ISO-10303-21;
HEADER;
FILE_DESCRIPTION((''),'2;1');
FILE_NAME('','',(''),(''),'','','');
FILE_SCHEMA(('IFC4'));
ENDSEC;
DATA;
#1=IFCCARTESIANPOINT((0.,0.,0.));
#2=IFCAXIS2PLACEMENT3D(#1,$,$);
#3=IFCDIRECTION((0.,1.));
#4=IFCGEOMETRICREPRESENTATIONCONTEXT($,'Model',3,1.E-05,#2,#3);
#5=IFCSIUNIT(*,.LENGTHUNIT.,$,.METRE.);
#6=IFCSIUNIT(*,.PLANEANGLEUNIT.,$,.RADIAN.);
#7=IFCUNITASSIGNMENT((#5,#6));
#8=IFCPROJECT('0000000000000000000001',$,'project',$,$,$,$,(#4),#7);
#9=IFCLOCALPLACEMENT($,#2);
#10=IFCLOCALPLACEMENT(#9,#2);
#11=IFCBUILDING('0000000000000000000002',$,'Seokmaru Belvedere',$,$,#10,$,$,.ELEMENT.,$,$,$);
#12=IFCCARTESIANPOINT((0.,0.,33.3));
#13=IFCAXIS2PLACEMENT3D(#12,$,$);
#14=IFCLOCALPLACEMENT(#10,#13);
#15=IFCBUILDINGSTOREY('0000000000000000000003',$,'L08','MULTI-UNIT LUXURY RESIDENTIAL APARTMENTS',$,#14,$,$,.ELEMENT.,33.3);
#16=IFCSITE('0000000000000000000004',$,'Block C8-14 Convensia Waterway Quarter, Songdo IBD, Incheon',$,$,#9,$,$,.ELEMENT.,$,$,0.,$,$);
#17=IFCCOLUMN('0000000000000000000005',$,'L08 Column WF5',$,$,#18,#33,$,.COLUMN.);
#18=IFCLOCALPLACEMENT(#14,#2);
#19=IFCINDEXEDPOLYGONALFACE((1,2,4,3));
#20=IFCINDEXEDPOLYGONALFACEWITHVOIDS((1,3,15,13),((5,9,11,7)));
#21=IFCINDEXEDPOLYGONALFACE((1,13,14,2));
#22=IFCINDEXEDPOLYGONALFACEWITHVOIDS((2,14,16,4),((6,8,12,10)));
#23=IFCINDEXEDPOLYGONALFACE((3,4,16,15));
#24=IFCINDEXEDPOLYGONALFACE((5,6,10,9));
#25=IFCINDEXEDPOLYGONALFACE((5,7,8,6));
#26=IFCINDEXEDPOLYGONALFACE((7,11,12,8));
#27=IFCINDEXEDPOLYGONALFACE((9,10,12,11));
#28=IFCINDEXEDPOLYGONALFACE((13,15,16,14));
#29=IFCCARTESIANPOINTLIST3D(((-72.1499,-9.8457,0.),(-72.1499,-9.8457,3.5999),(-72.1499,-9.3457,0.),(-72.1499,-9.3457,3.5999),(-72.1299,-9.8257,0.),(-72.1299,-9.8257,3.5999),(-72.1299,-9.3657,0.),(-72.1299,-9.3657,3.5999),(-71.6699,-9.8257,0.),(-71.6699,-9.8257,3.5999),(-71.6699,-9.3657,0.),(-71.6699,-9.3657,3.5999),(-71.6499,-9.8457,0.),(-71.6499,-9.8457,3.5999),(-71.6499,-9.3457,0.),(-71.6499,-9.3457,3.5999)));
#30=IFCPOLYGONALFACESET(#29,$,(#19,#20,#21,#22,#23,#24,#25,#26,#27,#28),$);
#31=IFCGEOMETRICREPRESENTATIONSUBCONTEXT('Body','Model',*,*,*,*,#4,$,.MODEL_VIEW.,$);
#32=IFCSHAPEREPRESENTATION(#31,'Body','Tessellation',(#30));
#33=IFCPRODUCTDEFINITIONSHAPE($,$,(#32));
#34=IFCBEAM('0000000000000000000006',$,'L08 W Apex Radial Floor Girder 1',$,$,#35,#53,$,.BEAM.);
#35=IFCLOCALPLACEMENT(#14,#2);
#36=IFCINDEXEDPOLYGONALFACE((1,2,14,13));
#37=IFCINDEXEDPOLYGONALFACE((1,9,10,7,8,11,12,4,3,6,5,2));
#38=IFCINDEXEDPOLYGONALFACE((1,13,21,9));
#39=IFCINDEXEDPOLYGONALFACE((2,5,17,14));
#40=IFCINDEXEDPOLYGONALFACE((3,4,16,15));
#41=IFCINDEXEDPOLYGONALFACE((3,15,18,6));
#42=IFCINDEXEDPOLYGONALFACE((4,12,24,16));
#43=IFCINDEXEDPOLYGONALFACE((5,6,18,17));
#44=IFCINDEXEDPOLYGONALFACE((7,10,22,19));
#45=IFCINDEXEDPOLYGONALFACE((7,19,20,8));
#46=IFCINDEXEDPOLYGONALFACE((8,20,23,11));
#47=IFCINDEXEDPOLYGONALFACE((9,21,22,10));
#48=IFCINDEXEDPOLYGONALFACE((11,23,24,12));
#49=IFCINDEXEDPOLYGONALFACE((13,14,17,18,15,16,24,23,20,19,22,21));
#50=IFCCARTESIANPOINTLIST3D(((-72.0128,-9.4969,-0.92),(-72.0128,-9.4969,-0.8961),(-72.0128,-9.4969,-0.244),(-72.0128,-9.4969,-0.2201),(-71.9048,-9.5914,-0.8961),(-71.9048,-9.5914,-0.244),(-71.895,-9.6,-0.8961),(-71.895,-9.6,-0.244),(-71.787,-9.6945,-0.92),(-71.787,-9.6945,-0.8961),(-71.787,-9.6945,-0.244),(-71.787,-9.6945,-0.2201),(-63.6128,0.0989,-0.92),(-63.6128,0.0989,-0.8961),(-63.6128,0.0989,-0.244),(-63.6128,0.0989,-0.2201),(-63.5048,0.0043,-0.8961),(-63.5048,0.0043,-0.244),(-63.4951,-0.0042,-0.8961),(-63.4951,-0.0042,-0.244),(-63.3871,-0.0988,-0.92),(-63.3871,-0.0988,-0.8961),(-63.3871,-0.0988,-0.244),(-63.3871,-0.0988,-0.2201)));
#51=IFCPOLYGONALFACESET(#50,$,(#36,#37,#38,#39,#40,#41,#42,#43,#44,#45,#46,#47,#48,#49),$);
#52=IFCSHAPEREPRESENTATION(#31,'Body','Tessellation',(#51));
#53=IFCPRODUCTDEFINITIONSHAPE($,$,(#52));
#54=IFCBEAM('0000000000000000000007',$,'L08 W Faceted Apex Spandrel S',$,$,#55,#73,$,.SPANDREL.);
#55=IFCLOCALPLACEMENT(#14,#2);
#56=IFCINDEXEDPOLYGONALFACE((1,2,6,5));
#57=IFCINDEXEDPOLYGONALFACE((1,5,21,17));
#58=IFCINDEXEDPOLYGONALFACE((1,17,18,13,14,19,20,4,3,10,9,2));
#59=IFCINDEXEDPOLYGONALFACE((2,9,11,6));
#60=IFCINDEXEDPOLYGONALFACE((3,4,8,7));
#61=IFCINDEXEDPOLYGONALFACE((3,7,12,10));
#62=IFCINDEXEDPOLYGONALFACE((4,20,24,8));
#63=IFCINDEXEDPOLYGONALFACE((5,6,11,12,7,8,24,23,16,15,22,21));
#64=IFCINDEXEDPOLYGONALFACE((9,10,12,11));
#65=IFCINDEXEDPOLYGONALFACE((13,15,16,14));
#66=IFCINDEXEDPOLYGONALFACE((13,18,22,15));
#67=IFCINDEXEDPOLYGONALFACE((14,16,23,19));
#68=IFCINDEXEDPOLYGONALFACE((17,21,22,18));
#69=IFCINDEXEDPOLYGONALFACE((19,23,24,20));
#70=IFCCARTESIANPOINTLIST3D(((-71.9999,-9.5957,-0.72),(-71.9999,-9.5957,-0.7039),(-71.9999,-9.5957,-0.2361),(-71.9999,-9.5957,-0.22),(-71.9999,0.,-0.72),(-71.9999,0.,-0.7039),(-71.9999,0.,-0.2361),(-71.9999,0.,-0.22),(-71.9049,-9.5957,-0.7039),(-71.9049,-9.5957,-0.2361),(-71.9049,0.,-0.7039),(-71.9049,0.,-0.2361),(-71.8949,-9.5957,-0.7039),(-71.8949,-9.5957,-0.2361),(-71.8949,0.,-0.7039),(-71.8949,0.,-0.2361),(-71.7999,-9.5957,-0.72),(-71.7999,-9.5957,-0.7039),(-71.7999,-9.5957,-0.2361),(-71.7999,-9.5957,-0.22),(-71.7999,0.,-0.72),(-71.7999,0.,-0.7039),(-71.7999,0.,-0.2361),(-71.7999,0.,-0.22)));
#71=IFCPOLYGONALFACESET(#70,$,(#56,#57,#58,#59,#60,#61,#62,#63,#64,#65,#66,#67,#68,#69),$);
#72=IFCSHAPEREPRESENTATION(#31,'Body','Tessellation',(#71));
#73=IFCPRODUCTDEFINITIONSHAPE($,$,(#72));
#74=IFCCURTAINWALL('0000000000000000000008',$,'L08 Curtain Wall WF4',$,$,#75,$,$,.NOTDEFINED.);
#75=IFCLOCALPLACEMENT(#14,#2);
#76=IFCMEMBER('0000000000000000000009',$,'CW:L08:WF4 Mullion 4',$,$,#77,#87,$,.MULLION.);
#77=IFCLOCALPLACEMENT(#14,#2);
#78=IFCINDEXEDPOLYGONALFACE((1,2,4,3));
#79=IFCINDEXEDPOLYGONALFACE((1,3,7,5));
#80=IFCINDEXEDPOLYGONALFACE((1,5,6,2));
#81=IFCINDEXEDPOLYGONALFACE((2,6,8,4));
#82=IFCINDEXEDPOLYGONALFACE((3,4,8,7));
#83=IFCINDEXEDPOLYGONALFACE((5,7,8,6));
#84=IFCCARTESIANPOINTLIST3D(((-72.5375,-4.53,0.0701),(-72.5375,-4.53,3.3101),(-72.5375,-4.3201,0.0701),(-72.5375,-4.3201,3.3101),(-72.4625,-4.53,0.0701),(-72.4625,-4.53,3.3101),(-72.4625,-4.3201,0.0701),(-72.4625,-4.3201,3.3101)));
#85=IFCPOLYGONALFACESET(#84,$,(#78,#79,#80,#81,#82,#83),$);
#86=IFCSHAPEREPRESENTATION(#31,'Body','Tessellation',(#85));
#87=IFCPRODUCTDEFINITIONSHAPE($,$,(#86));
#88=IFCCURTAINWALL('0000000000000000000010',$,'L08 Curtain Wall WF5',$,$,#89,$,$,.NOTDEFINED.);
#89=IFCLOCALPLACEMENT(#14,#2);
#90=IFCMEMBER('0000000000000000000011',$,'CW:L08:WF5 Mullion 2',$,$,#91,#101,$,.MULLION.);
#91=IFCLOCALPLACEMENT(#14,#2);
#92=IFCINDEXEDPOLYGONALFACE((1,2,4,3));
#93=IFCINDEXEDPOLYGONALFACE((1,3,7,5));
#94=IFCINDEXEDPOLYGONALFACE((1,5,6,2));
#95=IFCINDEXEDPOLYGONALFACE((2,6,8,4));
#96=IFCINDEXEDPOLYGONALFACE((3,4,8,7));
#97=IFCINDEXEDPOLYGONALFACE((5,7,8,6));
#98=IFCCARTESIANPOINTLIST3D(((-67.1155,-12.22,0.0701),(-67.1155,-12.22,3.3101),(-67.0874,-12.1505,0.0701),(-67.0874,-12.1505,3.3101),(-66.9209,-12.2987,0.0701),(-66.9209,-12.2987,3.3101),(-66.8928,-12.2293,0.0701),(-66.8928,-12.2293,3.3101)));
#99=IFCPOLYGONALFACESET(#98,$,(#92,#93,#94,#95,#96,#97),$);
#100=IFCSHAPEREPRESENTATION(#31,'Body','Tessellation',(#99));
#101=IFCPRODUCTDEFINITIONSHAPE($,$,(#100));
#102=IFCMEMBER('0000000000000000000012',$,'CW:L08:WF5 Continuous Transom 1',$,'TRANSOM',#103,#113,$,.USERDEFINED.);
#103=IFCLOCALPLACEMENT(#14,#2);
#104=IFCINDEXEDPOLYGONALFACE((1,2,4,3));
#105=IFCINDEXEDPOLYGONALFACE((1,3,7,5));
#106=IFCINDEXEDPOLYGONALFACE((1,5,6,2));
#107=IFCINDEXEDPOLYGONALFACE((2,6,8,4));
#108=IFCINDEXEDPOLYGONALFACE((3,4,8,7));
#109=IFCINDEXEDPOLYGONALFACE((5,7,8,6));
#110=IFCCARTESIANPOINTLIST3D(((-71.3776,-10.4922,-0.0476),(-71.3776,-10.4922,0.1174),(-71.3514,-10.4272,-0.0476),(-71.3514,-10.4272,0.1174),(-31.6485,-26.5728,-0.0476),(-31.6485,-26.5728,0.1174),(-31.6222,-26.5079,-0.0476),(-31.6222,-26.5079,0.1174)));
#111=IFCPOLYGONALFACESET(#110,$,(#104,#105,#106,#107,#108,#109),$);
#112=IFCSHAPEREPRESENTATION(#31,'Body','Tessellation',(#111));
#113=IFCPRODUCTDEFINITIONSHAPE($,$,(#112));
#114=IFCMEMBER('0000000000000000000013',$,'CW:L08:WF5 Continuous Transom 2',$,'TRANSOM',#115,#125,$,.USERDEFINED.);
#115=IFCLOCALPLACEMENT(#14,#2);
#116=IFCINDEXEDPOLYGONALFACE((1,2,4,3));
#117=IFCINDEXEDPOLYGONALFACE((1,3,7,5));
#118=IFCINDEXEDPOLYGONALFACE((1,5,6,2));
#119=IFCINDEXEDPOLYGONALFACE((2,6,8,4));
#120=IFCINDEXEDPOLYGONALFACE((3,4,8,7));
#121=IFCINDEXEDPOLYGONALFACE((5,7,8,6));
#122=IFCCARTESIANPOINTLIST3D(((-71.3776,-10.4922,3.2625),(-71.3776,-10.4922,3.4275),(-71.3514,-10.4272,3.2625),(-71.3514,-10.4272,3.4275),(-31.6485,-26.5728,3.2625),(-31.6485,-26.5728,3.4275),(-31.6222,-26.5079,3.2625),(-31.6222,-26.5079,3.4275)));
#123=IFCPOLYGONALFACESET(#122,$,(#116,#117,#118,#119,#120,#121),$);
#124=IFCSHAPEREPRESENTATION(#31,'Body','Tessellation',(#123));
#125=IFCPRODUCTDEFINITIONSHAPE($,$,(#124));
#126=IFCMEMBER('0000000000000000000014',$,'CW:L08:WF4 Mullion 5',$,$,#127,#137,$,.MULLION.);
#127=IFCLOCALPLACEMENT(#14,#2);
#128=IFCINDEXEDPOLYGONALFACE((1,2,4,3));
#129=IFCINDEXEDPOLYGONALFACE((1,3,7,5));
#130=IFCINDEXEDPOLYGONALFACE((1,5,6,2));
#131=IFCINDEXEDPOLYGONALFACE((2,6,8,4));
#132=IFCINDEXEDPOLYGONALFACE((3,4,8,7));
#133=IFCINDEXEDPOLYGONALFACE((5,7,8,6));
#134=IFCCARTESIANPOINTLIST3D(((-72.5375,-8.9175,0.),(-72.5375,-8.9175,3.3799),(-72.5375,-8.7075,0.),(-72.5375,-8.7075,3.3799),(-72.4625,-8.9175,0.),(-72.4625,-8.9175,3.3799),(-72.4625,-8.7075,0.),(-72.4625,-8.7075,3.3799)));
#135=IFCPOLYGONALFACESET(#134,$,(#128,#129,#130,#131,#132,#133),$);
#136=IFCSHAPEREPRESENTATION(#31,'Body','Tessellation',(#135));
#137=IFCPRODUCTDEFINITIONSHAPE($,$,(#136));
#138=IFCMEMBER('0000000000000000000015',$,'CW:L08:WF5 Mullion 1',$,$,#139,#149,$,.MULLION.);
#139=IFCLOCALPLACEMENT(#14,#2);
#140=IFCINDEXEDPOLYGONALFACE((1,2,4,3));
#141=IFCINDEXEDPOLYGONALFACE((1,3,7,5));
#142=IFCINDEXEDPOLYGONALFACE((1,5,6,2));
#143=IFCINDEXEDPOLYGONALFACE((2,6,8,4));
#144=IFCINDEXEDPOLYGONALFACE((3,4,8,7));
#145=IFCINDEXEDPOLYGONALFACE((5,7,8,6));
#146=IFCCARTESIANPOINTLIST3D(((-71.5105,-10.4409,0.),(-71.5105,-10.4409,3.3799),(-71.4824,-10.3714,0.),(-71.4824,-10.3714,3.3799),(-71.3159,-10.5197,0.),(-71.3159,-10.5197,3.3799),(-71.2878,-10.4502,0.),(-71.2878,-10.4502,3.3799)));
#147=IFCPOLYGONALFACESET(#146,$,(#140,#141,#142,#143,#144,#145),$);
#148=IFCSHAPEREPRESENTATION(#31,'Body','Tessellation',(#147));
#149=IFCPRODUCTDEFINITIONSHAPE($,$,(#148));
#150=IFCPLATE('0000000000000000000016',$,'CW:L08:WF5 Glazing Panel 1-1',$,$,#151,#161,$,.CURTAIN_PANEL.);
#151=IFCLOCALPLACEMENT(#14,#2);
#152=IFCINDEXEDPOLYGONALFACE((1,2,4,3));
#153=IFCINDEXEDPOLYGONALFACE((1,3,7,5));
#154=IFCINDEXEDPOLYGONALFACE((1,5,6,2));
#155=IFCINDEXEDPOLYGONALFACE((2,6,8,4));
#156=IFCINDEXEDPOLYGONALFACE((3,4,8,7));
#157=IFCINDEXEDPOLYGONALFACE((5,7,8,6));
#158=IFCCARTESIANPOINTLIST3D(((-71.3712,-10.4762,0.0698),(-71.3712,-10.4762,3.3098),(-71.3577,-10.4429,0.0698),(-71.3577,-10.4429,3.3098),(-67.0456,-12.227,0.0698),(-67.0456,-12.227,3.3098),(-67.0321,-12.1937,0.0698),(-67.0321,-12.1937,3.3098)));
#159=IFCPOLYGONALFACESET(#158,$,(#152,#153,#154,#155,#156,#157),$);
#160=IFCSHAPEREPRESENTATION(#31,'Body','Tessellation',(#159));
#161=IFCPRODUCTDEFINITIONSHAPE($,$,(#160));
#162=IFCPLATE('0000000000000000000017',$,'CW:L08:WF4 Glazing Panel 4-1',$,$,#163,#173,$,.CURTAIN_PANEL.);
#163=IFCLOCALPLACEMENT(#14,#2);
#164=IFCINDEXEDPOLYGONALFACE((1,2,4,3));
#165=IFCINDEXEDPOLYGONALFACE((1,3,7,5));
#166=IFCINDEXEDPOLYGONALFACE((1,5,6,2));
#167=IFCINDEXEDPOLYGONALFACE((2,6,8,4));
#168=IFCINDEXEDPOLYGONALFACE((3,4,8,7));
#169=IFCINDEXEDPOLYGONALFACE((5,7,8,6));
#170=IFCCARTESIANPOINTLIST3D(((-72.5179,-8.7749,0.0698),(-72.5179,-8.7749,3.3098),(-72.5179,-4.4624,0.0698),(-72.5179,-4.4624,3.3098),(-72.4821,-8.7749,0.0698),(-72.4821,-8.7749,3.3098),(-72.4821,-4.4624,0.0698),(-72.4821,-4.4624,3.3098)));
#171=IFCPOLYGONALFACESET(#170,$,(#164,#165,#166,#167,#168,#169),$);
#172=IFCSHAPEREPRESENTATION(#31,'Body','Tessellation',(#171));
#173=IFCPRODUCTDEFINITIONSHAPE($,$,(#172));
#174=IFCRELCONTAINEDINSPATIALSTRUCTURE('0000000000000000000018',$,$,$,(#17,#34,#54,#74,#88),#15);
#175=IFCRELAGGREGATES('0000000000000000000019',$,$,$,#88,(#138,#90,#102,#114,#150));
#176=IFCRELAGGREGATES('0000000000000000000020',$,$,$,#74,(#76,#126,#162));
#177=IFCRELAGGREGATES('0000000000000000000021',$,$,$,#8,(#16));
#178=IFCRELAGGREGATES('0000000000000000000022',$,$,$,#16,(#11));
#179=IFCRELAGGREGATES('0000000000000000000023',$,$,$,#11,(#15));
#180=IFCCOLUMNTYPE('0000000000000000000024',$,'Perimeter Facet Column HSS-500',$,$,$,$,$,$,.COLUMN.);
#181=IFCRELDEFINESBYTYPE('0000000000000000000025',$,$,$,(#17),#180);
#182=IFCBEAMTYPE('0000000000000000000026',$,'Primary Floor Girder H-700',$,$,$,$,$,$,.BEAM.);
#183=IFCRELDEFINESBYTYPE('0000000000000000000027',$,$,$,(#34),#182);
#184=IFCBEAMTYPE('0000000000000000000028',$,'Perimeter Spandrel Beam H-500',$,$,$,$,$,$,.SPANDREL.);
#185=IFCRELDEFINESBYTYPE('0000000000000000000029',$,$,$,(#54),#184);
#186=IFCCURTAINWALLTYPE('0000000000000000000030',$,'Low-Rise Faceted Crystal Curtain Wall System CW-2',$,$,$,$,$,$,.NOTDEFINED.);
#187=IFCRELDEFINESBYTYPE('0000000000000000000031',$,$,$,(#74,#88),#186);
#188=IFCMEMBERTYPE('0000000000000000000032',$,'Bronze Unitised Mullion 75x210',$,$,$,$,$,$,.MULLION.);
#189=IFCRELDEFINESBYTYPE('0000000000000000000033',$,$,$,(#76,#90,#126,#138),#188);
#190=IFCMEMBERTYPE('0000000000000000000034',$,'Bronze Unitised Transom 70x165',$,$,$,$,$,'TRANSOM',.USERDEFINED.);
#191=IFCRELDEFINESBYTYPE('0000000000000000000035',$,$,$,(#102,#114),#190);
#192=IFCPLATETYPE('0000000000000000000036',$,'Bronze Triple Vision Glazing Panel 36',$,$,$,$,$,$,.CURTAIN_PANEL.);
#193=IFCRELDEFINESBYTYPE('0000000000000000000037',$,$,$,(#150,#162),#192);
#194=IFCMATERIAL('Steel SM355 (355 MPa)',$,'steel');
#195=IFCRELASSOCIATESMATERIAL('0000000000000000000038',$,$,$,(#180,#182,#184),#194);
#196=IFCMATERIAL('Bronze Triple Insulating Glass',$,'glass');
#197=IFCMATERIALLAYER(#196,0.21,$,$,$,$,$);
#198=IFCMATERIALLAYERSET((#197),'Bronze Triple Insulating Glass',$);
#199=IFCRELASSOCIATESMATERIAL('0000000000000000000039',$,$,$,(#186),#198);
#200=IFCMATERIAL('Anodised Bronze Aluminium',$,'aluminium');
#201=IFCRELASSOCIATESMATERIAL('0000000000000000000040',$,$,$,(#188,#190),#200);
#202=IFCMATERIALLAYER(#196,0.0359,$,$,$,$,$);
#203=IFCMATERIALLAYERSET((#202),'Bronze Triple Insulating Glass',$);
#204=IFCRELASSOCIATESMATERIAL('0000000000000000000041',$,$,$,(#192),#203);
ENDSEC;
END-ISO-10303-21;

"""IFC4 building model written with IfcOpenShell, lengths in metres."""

from ifc_helpers import new_model, si_unit, direction, frame, origin, origin_2d, place, context, subcontext, project, spatial, rectangle, hollow_rectangle, i_section, extrude, source, transform, mapped, material, layer, layer_set, material_profile, profile_set, type_object, type_shapes, element, aggregate, save


model = new_model("IFC4")

# Units and contexts
model_context = context("Model", 3, precision=1e-05, world=origin(), true_north=direction((0.0, 1.0)))
body_context = subcontext(model_context, "Body", "Model", "MODEL_VIEW")
ifc_project = project(units=[si_unit("LENGTHUNIT", "METRE"), si_unit("PLANEANGLEUNIT", "RADIAN")], contexts=[model_context])

# Site, building, storey
site_placement = place(None, origin())
site = spatial("IfcSite", under=ifc_project, at=site_placement, Name="Block C8-14 Convensia Waterway Quarter, Songdo IBD, Incheon", CompositionType="ELEMENT", RefElevation=0.0)
building_placement = place(site_placement, origin())
building = spatial("IfcBuilding", under=site, at=building_placement, Name="Seokmaru Belvedere", CompositionType="ELEMENT")
storey_placement = place(building_placement, frame((0.0, 0.0, 33.3)))
storey = spatial("IfcBuildingStorey", under=building, at=storey_placement, Name="L08", Description="MULTI-UNIT LUXURY RESIDENTIAL APARTMENTS", CompositionType="ELEMENT", Elevation=33.3)

# Column
ifc_material_1 = material(Name="Steel SM355 (355 MPa)", Category="steel")
ifc_material_profile_1 = material_profile(ifc_material_1, hollow_rectangle(XDim=0.5, YDim=0.5, WallThickness=0.02, at=origin_2d()), Name="HSS-500x500x20")
ifc_profile_set_1 = profile_set([ifc_material_profile_1], Name="Steel SM355 (355 MPa)")
column_type = type_object("IfcColumnType", Name="Perimeter Facet Column HSS-500", PredefinedType="COLUMN", material=ifc_profile_set_1)
shared_shape_1 = source(origin(), body_context, "Body", "SweptSolid", [
    extrude(hollow_rectangle(XDim=0.5, YDim=0.5, WallThickness=0.02, at=origin_2d()), origin(), (0.0, 0.0, 1.0), 3.5999),
])
type_shapes(column_type, [shared_shape_1])
column_placement = place(storey_placement, frame((-71.8999, -9.5957, 0.0), z_axis=(0.0, 0.0, 1.0), x_axis=(1.0, 0.0, 0.0)))
element("IfcColumn", 1, at=column_placement, inside=storey, type_object=column_type, Name="L08 Column WF5", PredefinedType="COLUMN", context=body_context, shape_type="MappedRepresentation", body=[
    mapped(shared_shape_1, transform((0.0, 0.0, 0.0), scale=1.0)),
])

# Beams
ifc_material_profile_2 = material_profile(ifc_material_1, i_section(OverallWidth=0.3, OverallDepth=0.7, WebThickness=0.0129, FlangeThickness=0.0239, at=origin_2d()), Name="H-700x300x13x24")
ifc_profile_set_2 = profile_set([ifc_material_profile_2], Name="Steel SM355 (355 MPa)")
beam_type_1 = type_object("IfcBeamType", Name="Primary Floor Girder H-700", PredefinedType="BEAM", material=ifc_profile_set_2)
shared_shape_2 = source(origin(), body_context, "Body", "SweptSolid", [
    extrude(i_section(OverallWidth=0.3, OverallDepth=0.7, WebThickness=0.0129, FlangeThickness=0.0239, at=origin_2d()), origin(), (0.0, 0.0, 1.0), 12.7529),
])
type_shapes(beam_type_1, [shared_shape_2])
beam_1_placement = place(storey_placement, frame((-71.8999, -9.5957, -0.5701), z_axis=(0.658667, 0.752434, 0.0), x_axis=(-0.752434, 0.658667, 0.0)))
element("IfcBeam", 2, at=beam_1_placement, inside=storey, type_object=beam_type_1, Name="L08 W Apex Radial Floor Girder 1", PredefinedType="BEAM", context=body_context, shape_type="MappedRepresentation", body=[
    mapped(shared_shape_2, transform((0.0, 0.0, 0.0), scale=1.0)),
])
ifc_material_profile_3 = material_profile(ifc_material_1, i_section(OverallWidth=0.2, OverallDepth=0.5, WebThickness=0.01, FlangeThickness=0.0161, at=origin_2d()), Name="H-500x200x10x16")
ifc_profile_set_3 = profile_set([ifc_material_profile_3], Name="Steel SM355 (355 MPa)")
beam_type_2 = type_object("IfcBeamType", Name="Perimeter Spandrel Beam H-500", PredefinedType="SPANDREL", material=ifc_profile_set_3)
shared_shape_3 = source(origin(), body_context, "Body", "SweptSolid", [
    extrude(i_section(OverallWidth=0.2, OverallDepth=0.5, WebThickness=0.01, FlangeThickness=0.0161, at=origin_2d()), origin(), (0.0, 0.0, 1.0), 9.5957),
])
type_shapes(beam_type_2, [shared_shape_3])
beam_2_placement = place(storey_placement, frame((-71.8999, -9.5957, -0.47), z_axis=(0.0, 1.0, 0.0), x_axis=(-1.0, 0.0, 0.0)))
element("IfcBeam", 3, at=beam_2_placement, inside=storey, type_object=beam_type_2, Name="L08 W Faceted Apex Spandrel S", PredefinedType="SPANDREL", context=body_context, shape_type="MappedRepresentation", body=[
    mapped(shared_shape_3, transform((0.0, 0.0, 0.0), scale=1.0)),
])

# Curtain wall, member
ifc_material_2 = material(Name="Bronze Triple Insulating Glass", Category="glass")
ifc_layer_1 = layer(ifc_material_2, 0.21)
ifc_layer_set_1 = layer_set([ifc_layer_1], Name="Bronze Triple Insulating Glass")
curtain_wall_type = type_object("IfcCurtainWallType", Name="Low-Rise Faceted Crystal Curtain Wall System CW-2", PredefinedType="NOTDEFINED", material=ifc_layer_set_1)
curtain_wall_1_placement = place(storey_placement, origin())
curtain_wall_1 = element("IfcCurtainWall", 4, at=curtain_wall_1_placement, inside=storey, type_object=curtain_wall_type, Name="L08 Curtain Wall WF4", PredefinedType="NOTDEFINED")
ifc_material_3 = material(Name="Anodised Bronze Aluminium", Category="aluminium")
ifc_material_profile_4 = material_profile(ifc_material_3, rectangle(XDim=0.075, YDim=0.21, at=origin_2d()), Name="CW-M-75x210")
ifc_profile_set_4 = profile_set([ifc_material_profile_4], Name="Anodised Bronze Aluminium")
member_type_1 = type_object("IfcMemberType", Name="Bronze Unitised Mullion 75x210", PredefinedType="MULLION", material=ifc_profile_set_4)
shared_shape_4 = source(origin(), body_context, "Body", "SweptSolid", [
    extrude(rectangle(XDim=0.075, YDim=0.21, at=origin_2d()), origin(), (0.0, 0.0, 1.0), 3.24),
])
member_1_placement = place(storey_placement, frame((-72.5, -4.425, 0.0701), z_axis=(0.0, 0.0, 1.0), x_axis=(1.0, 0.0, 0.0)))
member_1 = element("IfcMember", 5, at=member_1_placement, type_object=member_type_1, Name="CW:L08:WF4 Mullion 4", PredefinedType="MULLION", context=body_context, shape_type="MappedRepresentation", body=[
    mapped(shared_shape_4, transform((0.0, 0.0, 0.0), scale=1.0)),
])

# Curtain wall, members
curtain_wall_2_placement = place(storey_placement, origin())
curtain_wall_2 = element("IfcCurtainWall", 6, at=curtain_wall_2_placement, inside=storey, type_object=curtain_wall_type, Name="L08 Curtain Wall WF5", PredefinedType="NOTDEFINED")
member_2_placement = place(storey_placement, frame((-67.0042, -12.2246, 0.0701), z_axis=(0.0, 0.0, 1.0), x_axis=(0.375192, 0.926947, 0.0)))
member_2 = element("IfcMember", 7, at=member_2_placement, type_object=member_type_1, Name="CW:L08:WF5 Mullion 2", PredefinedType="MULLION", context=body_context, shape_type="MappedRepresentation", body=[
    mapped(shared_shape_4, transform((0.0, 0.0, 0.0), scale=1.0)),
])
ifc_material_profile_5 = material_profile(ifc_material_3, rectangle(XDim=0.0701, YDim=0.165, at=origin_2d()), Name="CW-T-70x165")
ifc_profile_set_5 = profile_set([ifc_material_profile_5], Name="Anodised Bronze Aluminium")
member_type_2 = type_object("IfcMemberType", Name="Bronze Unitised Transom 70x165", ElementType="TRANSOM", PredefinedType="USERDEFINED", material=ifc_profile_set_5)
shared_shape_5 = source(origin(), body_context, "Body", "SweptSolid", [
    extrude(rectangle(XDim=0.0701, YDim=0.165, at=origin_2d()), origin(), (0.0, 0.0, 1.0), 42.8601),
])
type_shapes(member_type_2, [shared_shape_5])
member_3_placement = place(storey_placement, frame((-71.3645, -10.4597, 0.0349), z_axis=(0.926949, -0.375188, 0.0), x_axis=(0.375188, 0.926949, 0.0)))
member_3 = element("IfcMember", 8, at=member_3_placement, type_object=member_type_2, Name="CW:L08:WF5 Continuous Transom 1", ObjectType="TRANSOM", PredefinedType="USERDEFINED", context=body_context, shape_type="MappedRepresentation", body=[
    mapped(shared_shape_5, transform((0.0, 0.0, 0.0), scale=1.0)),
])
member_4_placement = place(storey_placement, frame((-71.3645, -10.4597, 3.345), z_axis=(0.926949, -0.375188, 0.0), x_axis=(0.375188, 0.926949, 0.0)))
member_4 = element("IfcMember", 9, at=member_4_placement, type_object=member_type_2, Name="CW:L08:WF5 Continuous Transom 2", ObjectType="TRANSOM", PredefinedType="USERDEFINED", context=body_context, shape_type="MappedRepresentation", body=[
    mapped(shared_shape_5, transform((0.0, 0.0, 0.0), scale=1.0)),
])

# Members
shared_shape_6 = source(origin(), body_context, "Body", "SweptSolid", [
    extrude(rectangle(XDim=0.075, YDim=0.21, at=origin_2d()), origin(), (0.0, 0.0, 1.0), 3.3799),
])
type_shapes(member_type_1, [shared_shape_4, shared_shape_6])
member_5_placement = place(storey_placement, frame((-72.5, -8.8125, 0.0), z_axis=(0.0, 0.0, 1.0), x_axis=(1.0, 0.0, 0.0)))
member_5 = element("IfcMember", 10, at=member_5_placement, type_object=member_type_1, Name="CW:L08:WF4 Mullion 5", PredefinedType="MULLION", context=body_context, shape_type="MappedRepresentation", body=[
    mapped(shared_shape_6, transform((0.0, 0.0, 0.0), scale=1.0)),
])
member_6_placement = place(storey_placement, frame((-71.3992, -10.4456, 0.0), z_axis=(0.0, 0.0, 1.0), x_axis=(0.375192, 0.926947, 0.0)))
member_6 = element("IfcMember", 11, at=member_6_placement, type_object=member_type_1, Name="CW:L08:WF5 Mullion 1", PredefinedType="MULLION", context=body_context, shape_type="MappedRepresentation", body=[
    mapped(shared_shape_6, transform((0.0, 0.0, 0.0), scale=1.0)),
])

# Plates
ifc_layer_2 = layer(ifc_material_2, 0.0359)
ifc_layer_set_2 = layer_set([ifc_layer_2], Name="Bronze Triple Insulating Glass")
plate_type = type_object("IfcPlateType", Name="Bronze Triple Vision Glazing Panel 36", PredefinedType="CURTAIN_PANEL", material=ifc_layer_set_2)
shared_shape_7 = source(origin(), body_context, "Body", "SweptSolid", [
    extrude(rectangle(XDim=4.6665, YDim=0.0359, at=origin_2d()), origin(), (0.0, 0.0, 1.0), 3.24),
])
plate_1_placement = place(storey_placement, frame((-69.2017, -11.335, 0.0698), z_axis=(0.0, 0.0, 1.0), x_axis=(0.926947, -0.375192, 0.0)))
plate_1 = element("IfcPlate", 12, at=plate_1_placement, type_object=plate_type, Name="CW:L08:WF5 Glazing Panel 1-1", PredefinedType="CURTAIN_PANEL", context=body_context, shape_type="MappedRepresentation", body=[
    mapped(shared_shape_7, transform((0.0, 0.0, 0.0), scale=1.0)),
])
aggregate(curtain_wall_2, [member_6, member_2, member_3, member_4, plate_1])
shared_shape_8 = source(origin(), body_context, "Body", "SweptSolid", [
    extrude(rectangle(XDim=4.3125, YDim=0.0359, at=origin_2d()), origin(), (0.0, 0.0, 1.0), 3.24),
])
type_shapes(plate_type, [shared_shape_7, shared_shape_8])
plate_2_placement = place(storey_placement, frame((-72.5, -6.6187, 0.0698), z_axis=(0.0, 0.0, 1.0), x_axis=(0.0, -1.0, 0.0)))
plate_2 = element("IfcPlate", 13, at=plate_2_placement, type_object=plate_type, Name="CW:L08:WF4 Glazing Panel 4-1", PredefinedType="CURTAIN_PANEL", context=body_context, shape_type="MappedRepresentation", body=[
    mapped(shared_shape_8, transform((0.0, 0.0, 0.0), scale=1.0)),
])
aggregate(curtain_wall_1, [member_1, member_5, plate_2])

save(model, "model.ifc")
